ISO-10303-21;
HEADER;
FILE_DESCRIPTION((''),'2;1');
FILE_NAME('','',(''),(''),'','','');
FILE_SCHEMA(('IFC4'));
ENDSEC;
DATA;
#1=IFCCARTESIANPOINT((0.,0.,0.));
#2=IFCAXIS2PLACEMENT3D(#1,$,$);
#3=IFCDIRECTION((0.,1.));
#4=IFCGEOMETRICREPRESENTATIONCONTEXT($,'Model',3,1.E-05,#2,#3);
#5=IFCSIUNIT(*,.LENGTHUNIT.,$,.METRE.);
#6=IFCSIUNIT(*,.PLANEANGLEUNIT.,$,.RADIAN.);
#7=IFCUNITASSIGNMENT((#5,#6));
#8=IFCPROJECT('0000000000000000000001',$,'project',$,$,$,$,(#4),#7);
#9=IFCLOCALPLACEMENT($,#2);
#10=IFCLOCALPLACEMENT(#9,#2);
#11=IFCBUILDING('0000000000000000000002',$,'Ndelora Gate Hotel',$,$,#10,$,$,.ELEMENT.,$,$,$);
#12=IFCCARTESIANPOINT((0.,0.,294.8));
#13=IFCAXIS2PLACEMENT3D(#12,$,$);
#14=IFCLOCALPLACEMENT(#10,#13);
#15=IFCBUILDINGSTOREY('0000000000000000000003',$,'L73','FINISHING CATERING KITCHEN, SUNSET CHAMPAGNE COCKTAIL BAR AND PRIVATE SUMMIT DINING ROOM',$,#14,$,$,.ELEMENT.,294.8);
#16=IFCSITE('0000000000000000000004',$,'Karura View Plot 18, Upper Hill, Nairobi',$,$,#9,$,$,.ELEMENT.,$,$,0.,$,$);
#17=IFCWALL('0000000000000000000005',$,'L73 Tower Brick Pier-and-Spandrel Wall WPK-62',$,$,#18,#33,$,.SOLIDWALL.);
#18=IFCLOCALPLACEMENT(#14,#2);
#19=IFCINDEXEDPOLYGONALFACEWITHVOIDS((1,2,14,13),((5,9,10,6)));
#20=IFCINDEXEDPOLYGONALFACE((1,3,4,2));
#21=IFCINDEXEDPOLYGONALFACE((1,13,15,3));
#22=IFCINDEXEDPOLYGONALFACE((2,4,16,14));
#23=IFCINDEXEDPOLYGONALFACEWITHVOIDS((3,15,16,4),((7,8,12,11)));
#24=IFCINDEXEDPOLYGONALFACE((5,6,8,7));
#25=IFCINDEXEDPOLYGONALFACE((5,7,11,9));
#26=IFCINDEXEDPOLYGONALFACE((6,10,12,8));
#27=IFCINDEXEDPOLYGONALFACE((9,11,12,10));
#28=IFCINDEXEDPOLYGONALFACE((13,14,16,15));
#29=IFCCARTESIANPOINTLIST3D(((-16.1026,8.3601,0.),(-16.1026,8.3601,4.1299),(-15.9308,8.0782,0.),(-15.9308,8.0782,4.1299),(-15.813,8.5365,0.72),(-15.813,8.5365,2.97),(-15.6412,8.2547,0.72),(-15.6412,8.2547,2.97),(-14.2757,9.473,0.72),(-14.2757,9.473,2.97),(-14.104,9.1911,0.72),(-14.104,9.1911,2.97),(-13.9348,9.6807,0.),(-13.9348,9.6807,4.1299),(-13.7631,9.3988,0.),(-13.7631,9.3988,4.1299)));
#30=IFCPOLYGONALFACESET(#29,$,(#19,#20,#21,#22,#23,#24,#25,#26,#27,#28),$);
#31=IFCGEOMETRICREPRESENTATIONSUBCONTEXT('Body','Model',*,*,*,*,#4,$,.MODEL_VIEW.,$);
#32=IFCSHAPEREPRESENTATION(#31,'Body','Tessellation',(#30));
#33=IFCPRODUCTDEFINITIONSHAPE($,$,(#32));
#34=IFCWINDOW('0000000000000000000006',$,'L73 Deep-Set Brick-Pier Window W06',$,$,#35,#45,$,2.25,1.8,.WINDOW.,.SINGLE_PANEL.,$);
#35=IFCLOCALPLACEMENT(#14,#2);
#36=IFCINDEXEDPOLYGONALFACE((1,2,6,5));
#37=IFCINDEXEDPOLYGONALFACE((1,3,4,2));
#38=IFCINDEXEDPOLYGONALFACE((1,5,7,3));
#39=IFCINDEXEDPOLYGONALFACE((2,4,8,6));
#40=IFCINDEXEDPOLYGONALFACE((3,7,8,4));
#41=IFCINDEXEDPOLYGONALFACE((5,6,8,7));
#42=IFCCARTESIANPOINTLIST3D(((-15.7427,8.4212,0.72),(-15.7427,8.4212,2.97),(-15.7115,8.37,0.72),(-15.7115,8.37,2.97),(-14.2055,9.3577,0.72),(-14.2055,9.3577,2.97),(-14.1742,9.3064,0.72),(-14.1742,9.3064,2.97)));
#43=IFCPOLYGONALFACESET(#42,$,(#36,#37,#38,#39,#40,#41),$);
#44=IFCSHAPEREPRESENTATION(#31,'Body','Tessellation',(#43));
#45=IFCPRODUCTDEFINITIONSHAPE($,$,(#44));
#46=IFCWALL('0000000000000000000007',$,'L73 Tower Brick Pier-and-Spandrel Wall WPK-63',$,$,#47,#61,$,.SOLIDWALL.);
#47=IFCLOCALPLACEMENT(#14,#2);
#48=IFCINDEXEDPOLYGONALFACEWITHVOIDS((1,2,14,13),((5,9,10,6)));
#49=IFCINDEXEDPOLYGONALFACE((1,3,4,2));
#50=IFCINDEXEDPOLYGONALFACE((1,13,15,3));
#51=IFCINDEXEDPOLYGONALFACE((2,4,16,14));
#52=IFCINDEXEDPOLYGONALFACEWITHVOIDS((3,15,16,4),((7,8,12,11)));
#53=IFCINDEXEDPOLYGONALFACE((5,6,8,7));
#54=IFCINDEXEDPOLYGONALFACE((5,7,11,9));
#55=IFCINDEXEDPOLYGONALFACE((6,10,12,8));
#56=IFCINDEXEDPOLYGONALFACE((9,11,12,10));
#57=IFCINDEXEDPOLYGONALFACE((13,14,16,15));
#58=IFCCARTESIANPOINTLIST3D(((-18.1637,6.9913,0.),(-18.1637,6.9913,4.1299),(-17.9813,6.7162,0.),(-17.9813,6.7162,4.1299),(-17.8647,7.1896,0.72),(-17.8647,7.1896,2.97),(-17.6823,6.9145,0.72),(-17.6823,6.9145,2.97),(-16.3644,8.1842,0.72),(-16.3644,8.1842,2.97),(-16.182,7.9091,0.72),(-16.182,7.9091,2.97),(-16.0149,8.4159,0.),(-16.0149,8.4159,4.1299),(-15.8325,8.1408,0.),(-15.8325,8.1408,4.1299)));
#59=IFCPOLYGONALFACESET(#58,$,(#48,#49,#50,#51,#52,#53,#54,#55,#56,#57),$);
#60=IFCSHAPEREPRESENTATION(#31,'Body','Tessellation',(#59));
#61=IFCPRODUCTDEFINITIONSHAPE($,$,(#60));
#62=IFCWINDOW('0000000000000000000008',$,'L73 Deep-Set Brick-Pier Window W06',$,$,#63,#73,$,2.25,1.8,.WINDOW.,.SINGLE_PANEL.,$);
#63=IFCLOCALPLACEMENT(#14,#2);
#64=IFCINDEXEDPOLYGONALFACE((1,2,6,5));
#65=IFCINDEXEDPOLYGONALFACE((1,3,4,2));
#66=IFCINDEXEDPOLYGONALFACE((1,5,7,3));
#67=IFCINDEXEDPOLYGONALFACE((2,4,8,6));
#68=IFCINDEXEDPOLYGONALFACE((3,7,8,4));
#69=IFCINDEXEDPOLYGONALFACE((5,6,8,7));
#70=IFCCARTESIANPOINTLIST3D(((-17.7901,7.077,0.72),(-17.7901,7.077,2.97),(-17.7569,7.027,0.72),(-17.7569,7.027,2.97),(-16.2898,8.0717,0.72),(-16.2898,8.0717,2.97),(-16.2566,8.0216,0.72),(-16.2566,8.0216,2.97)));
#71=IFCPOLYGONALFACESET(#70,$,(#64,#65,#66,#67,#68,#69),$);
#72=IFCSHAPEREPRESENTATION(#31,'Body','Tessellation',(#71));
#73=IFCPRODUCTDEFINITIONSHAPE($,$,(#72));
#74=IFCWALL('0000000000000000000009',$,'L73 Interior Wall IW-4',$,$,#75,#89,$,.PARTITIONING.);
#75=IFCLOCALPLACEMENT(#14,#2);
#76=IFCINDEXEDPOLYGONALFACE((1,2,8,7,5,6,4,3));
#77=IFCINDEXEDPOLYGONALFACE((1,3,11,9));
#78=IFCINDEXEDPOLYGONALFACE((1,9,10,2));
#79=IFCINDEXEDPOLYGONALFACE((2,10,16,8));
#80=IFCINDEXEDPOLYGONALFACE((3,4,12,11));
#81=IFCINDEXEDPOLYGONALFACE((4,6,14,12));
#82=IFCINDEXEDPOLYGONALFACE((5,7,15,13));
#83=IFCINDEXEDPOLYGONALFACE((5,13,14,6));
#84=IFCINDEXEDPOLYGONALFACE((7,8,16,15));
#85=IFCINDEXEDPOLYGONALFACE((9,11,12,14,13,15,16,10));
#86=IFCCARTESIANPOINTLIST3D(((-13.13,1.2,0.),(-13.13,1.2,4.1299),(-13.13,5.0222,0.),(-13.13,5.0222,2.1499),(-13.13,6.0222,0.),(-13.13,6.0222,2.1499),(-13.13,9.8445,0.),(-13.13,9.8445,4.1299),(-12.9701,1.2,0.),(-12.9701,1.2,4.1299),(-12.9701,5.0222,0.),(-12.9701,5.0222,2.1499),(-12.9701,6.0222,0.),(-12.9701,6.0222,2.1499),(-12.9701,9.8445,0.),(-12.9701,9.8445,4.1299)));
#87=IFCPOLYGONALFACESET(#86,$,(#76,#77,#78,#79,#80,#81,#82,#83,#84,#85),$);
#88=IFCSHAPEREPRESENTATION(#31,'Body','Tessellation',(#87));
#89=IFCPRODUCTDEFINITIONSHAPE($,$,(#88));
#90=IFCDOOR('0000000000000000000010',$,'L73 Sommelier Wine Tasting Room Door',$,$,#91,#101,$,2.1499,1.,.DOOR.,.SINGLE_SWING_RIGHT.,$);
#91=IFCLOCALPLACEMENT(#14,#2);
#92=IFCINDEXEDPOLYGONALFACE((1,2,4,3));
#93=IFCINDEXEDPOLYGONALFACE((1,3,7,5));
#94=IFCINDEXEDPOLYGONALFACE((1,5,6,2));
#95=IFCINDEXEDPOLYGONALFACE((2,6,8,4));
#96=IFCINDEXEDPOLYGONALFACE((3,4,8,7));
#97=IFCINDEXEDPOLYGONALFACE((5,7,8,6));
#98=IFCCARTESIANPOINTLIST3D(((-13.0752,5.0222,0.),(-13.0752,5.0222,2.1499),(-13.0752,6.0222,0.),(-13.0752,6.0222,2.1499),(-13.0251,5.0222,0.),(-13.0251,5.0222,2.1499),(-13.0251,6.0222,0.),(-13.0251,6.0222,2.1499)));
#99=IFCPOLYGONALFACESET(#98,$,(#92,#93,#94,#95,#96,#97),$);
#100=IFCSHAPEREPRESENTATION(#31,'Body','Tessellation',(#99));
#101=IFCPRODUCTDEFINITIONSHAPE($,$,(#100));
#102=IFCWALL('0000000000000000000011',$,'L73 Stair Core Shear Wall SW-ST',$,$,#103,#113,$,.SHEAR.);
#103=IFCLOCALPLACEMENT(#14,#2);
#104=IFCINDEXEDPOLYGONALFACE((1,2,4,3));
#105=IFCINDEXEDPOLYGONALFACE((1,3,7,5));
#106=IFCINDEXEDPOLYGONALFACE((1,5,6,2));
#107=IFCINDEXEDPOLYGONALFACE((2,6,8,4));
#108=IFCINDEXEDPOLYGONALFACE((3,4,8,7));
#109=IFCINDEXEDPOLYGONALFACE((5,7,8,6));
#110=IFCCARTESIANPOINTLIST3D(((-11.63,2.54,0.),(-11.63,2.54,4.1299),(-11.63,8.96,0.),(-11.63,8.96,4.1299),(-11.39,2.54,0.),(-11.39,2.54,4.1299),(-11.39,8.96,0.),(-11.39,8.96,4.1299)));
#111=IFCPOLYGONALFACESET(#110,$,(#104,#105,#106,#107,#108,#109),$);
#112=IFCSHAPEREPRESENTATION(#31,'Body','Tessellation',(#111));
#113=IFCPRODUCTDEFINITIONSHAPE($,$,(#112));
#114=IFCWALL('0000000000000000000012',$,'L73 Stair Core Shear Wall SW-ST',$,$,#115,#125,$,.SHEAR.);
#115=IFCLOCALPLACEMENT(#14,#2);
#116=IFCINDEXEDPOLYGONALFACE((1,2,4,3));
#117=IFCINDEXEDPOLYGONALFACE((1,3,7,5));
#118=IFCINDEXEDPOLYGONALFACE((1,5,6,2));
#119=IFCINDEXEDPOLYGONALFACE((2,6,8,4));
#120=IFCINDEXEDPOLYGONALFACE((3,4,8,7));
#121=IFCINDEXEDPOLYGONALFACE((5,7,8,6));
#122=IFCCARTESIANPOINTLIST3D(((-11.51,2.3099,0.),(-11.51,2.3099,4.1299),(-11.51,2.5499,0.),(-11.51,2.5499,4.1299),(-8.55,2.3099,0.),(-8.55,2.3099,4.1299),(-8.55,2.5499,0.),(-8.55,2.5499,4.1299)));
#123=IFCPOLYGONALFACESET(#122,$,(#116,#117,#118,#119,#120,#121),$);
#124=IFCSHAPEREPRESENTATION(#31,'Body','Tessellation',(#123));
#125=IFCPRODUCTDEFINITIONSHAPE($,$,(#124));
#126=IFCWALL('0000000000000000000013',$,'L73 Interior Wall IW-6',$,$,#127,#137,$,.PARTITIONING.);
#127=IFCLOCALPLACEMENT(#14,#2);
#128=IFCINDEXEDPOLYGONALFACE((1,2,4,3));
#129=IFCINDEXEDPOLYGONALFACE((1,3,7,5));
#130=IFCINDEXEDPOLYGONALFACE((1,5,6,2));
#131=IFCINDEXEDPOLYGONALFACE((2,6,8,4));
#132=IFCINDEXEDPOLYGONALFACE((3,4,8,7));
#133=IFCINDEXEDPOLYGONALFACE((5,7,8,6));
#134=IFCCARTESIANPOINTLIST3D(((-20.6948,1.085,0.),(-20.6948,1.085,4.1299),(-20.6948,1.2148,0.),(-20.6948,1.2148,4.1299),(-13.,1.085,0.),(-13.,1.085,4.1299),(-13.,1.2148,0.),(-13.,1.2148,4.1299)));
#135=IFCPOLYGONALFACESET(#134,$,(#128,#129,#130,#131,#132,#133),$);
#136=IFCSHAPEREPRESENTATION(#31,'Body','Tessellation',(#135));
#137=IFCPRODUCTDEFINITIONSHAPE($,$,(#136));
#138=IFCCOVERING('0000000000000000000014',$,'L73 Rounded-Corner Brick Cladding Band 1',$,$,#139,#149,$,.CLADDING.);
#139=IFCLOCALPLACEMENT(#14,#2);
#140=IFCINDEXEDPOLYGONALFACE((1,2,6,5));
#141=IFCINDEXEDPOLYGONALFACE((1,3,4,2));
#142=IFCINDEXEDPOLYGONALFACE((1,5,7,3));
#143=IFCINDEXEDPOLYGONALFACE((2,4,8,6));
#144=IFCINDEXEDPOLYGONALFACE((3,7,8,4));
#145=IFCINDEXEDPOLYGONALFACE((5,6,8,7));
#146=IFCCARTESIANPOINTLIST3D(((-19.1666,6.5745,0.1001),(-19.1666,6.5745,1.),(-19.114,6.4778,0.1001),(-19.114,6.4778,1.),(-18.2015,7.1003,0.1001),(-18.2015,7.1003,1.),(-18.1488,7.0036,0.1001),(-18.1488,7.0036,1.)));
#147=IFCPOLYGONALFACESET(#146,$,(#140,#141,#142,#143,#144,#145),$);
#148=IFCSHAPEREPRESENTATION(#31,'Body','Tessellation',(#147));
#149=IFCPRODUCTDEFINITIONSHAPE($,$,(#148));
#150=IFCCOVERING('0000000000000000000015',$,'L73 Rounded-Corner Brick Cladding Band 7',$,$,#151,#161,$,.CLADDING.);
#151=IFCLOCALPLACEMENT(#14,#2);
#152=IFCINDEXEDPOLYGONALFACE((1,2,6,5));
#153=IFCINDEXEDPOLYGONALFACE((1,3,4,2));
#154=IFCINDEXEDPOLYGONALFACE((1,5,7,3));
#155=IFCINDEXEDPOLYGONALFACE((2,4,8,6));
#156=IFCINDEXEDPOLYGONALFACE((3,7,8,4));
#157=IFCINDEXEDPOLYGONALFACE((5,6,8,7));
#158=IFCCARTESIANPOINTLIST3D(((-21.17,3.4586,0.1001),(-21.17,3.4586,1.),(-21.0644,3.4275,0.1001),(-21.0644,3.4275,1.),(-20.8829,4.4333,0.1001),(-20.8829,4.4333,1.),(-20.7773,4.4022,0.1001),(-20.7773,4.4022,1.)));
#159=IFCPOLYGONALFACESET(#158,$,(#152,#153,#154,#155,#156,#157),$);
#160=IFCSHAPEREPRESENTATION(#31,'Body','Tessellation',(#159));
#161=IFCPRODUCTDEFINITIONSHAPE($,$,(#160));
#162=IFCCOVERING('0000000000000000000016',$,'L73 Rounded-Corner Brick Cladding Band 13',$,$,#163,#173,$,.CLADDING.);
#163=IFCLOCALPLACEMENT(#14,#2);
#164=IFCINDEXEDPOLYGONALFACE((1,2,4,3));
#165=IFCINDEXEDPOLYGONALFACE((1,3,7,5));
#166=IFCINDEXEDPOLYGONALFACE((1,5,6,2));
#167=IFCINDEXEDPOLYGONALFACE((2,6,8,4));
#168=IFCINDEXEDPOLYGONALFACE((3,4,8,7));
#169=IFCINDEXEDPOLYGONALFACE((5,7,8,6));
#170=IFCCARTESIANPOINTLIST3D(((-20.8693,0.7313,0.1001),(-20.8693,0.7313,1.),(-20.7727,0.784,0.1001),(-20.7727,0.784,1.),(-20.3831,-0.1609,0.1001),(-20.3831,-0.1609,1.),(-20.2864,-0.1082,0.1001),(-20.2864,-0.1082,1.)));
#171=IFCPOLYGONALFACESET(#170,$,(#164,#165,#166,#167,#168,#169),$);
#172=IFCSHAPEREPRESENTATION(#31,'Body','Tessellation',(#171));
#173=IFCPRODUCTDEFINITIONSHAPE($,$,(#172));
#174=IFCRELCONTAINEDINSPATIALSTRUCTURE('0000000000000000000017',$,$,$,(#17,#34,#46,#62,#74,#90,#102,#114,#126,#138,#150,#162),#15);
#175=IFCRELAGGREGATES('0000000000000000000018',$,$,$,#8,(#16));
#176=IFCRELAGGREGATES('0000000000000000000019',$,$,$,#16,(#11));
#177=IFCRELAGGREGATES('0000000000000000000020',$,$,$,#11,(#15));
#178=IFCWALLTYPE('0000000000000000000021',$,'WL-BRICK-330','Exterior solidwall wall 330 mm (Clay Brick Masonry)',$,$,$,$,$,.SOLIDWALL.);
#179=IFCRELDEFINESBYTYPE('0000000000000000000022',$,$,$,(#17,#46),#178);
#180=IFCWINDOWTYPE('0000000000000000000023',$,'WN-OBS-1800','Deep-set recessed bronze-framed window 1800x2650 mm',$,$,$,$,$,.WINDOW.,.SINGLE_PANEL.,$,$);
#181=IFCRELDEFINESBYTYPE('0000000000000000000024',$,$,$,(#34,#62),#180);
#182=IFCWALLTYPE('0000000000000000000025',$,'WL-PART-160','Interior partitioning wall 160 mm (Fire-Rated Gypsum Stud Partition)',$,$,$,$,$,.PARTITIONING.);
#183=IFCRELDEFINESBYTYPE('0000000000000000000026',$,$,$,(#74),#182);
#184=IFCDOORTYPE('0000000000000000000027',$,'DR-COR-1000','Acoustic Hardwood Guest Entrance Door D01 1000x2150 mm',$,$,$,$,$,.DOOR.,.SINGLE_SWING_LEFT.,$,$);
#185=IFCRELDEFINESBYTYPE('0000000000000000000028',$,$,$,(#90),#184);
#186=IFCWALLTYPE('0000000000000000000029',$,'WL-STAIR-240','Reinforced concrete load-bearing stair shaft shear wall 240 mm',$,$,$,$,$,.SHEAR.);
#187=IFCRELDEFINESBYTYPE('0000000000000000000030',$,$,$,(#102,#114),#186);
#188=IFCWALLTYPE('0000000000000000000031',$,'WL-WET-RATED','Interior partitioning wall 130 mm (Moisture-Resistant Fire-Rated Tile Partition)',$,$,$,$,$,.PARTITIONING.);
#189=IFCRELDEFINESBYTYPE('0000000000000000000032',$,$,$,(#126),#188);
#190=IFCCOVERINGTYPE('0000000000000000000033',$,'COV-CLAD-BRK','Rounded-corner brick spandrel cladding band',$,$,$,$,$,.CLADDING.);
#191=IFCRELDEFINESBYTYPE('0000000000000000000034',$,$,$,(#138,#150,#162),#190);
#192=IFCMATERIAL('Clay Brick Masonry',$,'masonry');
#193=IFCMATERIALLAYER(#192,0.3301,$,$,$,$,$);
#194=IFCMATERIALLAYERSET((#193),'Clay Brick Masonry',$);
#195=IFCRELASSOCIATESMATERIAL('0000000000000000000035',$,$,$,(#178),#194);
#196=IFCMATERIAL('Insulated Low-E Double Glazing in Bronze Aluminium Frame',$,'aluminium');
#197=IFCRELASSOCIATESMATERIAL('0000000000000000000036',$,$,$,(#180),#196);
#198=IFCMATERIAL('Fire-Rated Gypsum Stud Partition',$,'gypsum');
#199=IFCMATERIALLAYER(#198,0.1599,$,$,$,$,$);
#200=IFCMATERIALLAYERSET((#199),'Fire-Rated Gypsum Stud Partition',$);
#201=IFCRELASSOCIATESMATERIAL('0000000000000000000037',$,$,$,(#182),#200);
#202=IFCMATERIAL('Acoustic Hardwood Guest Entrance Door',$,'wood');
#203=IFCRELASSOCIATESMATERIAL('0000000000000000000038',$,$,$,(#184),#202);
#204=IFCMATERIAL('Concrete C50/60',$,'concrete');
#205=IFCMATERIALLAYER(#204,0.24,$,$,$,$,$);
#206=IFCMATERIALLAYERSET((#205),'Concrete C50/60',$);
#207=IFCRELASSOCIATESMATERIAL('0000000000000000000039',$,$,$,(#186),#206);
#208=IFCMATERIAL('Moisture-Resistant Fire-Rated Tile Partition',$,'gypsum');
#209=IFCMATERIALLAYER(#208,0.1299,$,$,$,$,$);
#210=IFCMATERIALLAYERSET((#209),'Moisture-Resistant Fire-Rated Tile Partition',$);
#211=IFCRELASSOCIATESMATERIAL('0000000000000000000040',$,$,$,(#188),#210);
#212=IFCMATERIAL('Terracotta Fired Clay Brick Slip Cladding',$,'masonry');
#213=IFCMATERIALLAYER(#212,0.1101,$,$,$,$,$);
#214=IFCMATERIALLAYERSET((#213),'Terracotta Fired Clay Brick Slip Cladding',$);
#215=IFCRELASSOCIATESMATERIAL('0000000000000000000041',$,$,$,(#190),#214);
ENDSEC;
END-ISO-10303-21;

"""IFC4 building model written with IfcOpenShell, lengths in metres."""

from ifc_helpers import new_model, si_unit, direction, frame, frame_2d, origin, origin_2d, place, context, subcontext, project, spatial, rectangle, extrude, material, layer, layer_set, type_object, element, fill, save


model = new_model("IFC4")

# Units and contexts
model_context = context("Model", 3, precision=1e-05, world=origin(), true_north=direction((0.0, 1.0)))
body_context = subcontext(model_context, "Body", "Model", "MODEL_VIEW")
ifc_project = project(units=[si_unit("LENGTHUNIT", "METRE"), si_unit("PLANEANGLEUNIT", "RADIAN")], contexts=[model_context])

# Site, building, storey
site_placement = place(None, origin())
site = spatial("IfcSite", under=ifc_project, at=site_placement, Name="Karura View Plot 18, Upper Hill, Nairobi", CompositionType="ELEMENT", RefElevation=0.0)
building_placement = place(site_placement, origin())
building = spatial("IfcBuilding", under=site, at=building_placement, Name="Ndelora Gate Hotel", CompositionType="ELEMENT")
storey_placement = place(building_placement, frame((0.0, 0.0, 294.8)))
storey = spatial("IfcBuildingStorey", under=building, at=storey_placement, Name="L73", Description="FINISHING CATERING KITCHEN, SUNSET CHAMPAGNE COCKTAIL BAR AND PRIVATE SUMMIT DINING ROOM", CompositionType="ELEMENT", Elevation=294.8)

# Shared definitions
ifc_material_1 = material(Name="Concrete C50/60", Category="concrete")

# Shared definitions
ifc_material_2 = material(Name="Clay Brick Masonry", Category="masonry")
ifc_layer_1 = layer(ifc_material_2, 0.3301)
ifc_layer_set_1 = layer_set([ifc_layer_1], Name="Clay Brick Masonry")
wall_type_1 = type_object("IfcWallType", Name="WL-BRICK-330", Description="Exterior solidwall wall 330 mm (Clay Brick Masonry)", PredefinedType="SOLIDWALL", material=ifc_layer_set_1)

# Shared definitions
ifc_material_3 = material(Name="Insulated Low-E Double Glazing in Bronze Aluminium Frame", Category="aluminium")
window_type = type_object("IfcWindowType", Name="WN-OBS-1800", Description="Deep-set recessed bronze-framed window 1800x2650 mm", PartitioningType="SINGLE_PANEL", PredefinedType="WINDOW", material=ifc_material_3)

# Walls, openings, windows
wall_1_placement = place(storey_placement, frame((-16.0166, 8.2192, 0.0), z_axis=(0.0, 0.0, 1.0), x_axis=(0.854011, 0.520255, 0.0)))
wall_1 = element("IfcWall", 1, at=wall_1_placement, inside=storey, type_object=wall_type_1, Name="L73 Tower Brick Pier-and-Spandrel Wall WPK-62", PredefinedType="SOLIDWALL", context=body_context, shape_type="SweptSolid", body=[
    extrude(rectangle(XDim=2.5383, YDim=0.3301, at=frame_2d((1.269, 0.0))), origin(), (0.0, 0.0, 1.0), 4.1299),
])
opening_1_placement = place(wall_1_placement, frame((0.3391, 0.0, 0.72)))
opening_1 = element("IfcOpeningElement", 2, at=opening_1_placement, cuts=wall_1, PredefinedType="OPENING", context=body_context, shape_type="SweptSolid", body=[
    extrude(rectangle(XDim=1.8, YDim=2.25, at=frame_2d((0.8999, 1.125))), frame((0.0, 0.175, 0.0), z_axis=(0.0, -1.0, 0.0), x_axis=(1.0, 0.0, 0.0)), (0.0, 0.0, 1.0), 0.3501),
])
window_1_placement = place(opening_1_placement, origin())
window_1 = element("IfcWindow", 3, at=window_1_placement, inside=storey, type_object=window_type, Name="L73 Deep-Set Brick-Pier Window W06", OverallHeight=2.25, OverallWidth=1.8, PartitioningType="SINGLE_PANEL", PredefinedType="WINDOW", context=body_context, shape_type="SweptSolid", body=[
    extrude(rectangle(XDim=1.8, YDim=2.25, at=frame_2d((0.8999, 1.125))), frame((0.0, 0.03, 0.0), z_axis=(0.0, -1.0, 0.0), x_axis=(1.0, 0.0, 0.0)), (0.0, 0.0, 1.0), 0.0601),
])
fill(opening_1, window_1)
wall_2_placement = place(storey_placement, frame((-18.0725, 6.8538, 0.0), z_axis=(0.0, 0.0, 1.0), x_axis=(0.833461, 0.552579, 0.0)))
wall_2 = element("IfcWall", 4, at=wall_2_placement, inside=storey, type_object=wall_type_1, Name="L73 Tower Brick Pier-and-Spandrel Wall WPK-63", PredefinedType="SOLIDWALL", context=body_context, shape_type="SweptSolid", body=[
    extrude(rectangle(XDim=2.5781, YDim=0.3301, at=frame_2d((1.2891, 0.0))), origin(), (0.0, 0.0, 1.0), 4.1299),
])
opening_2_placement = place(wall_2_placement, frame((0.3589, 0.0, 0.72)))
opening_2 = element("IfcOpeningElement", 5, at=opening_2_placement, cuts=wall_2, PredefinedType="OPENING", context=body_context, shape_type="SweptSolid", body=[
    extrude(rectangle(XDim=1.8, YDim=2.25, at=frame_2d((0.8999, 1.125))), frame((0.0, 0.175, 0.0), z_axis=(0.0, -1.0, 0.0), x_axis=(1.0, 0.0, 0.0)), (0.0, 0.0, 1.0), 0.3501),
])
window_2_placement = place(opening_2_placement, origin())
window_2 = element("IfcWindow", 6, at=window_2_placement, inside=storey, type_object=window_type, Name="L73 Deep-Set Brick-Pier Window W06", OverallHeight=2.25, OverallWidth=1.8, PartitioningType="SINGLE_PANEL", PredefinedType="WINDOW", context=body_context, shape_type="SweptSolid", body=[
    extrude(rectangle(XDim=1.8, YDim=2.25, at=frame_2d((0.8999, 1.125))), frame((0.0, 0.03, 0.0), z_axis=(0.0, -1.0, 0.0), x_axis=(1.0, 0.0, 0.0)), (0.0, 0.0, 1.0), 0.0601),
])
fill(opening_2, window_2)

# Wall, opening, door
ifc_material_4 = material(Name="Fire-Rated Gypsum Stud Partition", Category="gypsum")
ifc_layer_2 = layer(ifc_material_4, 0.1599)
ifc_layer_set_2 = layer_set([ifc_layer_2], Name="Fire-Rated Gypsum Stud Partition")
wall_type_2 = type_object("IfcWallType", Name="WL-PART-160", Description="Interior partitioning wall 160 mm (Fire-Rated Gypsum Stud Partition)", PredefinedType="PARTITIONING", material=ifc_layer_set_2)
wall_3_placement = place(storey_placement, frame((-13.05, 9.8445, 0.0), z_axis=(0.0, 0.0, 1.0), x_axis=(0.0, -1.0, 0.0)))
wall_3 = element("IfcWall", 7, at=wall_3_placement, inside=storey, type_object=wall_type_2, Name="L73 Interior Wall IW-4", PredefinedType="PARTITIONING", context=body_context, shape_type="SweptSolid", body=[
    extrude(rectangle(XDim=8.6445, YDim=0.1599, at=frame_2d((4.3223, 0.0))), origin(), (0.0, 0.0, 1.0), 4.1299),
])
opening_3_placement = place(wall_3_placement, frame((3.8223, 0.0, 0.0)))
opening_3 = element("IfcOpeningElement", 8, at=opening_3_placement, cuts=wall_3, PredefinedType="OPENING", context=body_context, shape_type="SweptSolid", body=[
    extrude(rectangle(XDim=1.0, YDim=2.1499, at=frame_2d((0.5, 1.075))), frame((0.0, 0.0898, 0.0), z_axis=(0.0, -1.0, 0.0), x_axis=(1.0, 0.0, 0.0)), (0.0, 0.0, 1.0), 0.1799),
])
ifc_material_5 = material(Name="Acoustic Hardwood Guest Entrance Door", Category="wood")
door_type = type_object("IfcDoorType", Name="DR-COR-1000", Description="Acoustic Hardwood Guest Entrance Door D01 1000x2150 mm", OperationType="SINGLE_SWING_LEFT", PredefinedType="DOOR", material=ifc_material_5)
door_1_placement = place(opening_3_placement, origin())
door_1 = element("IfcDoor", 9, at=door_1_placement, inside=storey, type_object=door_type, Name="L73 Sommelier Wine Tasting Room Door", OperationType="SINGLE_SWING_RIGHT", OverallHeight=2.1499, OverallWidth=1.0, PredefinedType="DOOR", context=body_context, shape_type="SweptSolid", body=[
    extrude(rectangle(XDim=1.0, YDim=2.1499, at=frame_2d((0.5, 1.075))), frame((0.0, 0.0249, 0.0), z_axis=(0.0, -1.0, 0.0), x_axis=(1.0, 0.0, 0.0)), (0.0, 0.0, 1.0), 0.05),
])
fill(opening_3, door_1)

# Walls
ifc_layer_3 = layer(ifc_material_1, 0.24)
ifc_layer_set_3 = layer_set([ifc_layer_3], Name="Concrete C50/60")
wall_type_3 = type_object("IfcWallType", Name="WL-STAIR-240", Description="Reinforced concrete load-bearing stair shaft shear wall 240 mm", PredefinedType="SHEAR", material=ifc_layer_set_3)
wall_4_placement = place(storey_placement, frame((-11.51, 2.54, 0.0), z_axis=(0.0, 0.0, 1.0), x_axis=(0.0, 1.0, 0.0)))
element("IfcWall", 10, at=wall_4_placement, inside=storey, type_object=wall_type_3, Name="L73 Stair Core Shear Wall SW-ST", PredefinedType="SHEAR", context=body_context, shape_type="SweptSolid", body=[
    extrude(rectangle(XDim=6.4199, YDim=0.24, at=frame_2d((3.21, 0.0))), origin(), (0.0, 0.0, 1.0), 4.1299),
])
wall_5_placement = place(storey_placement, frame((-11.51, 2.4299, 0.0), z_axis=(0.0, 0.0, 1.0), x_axis=(1.0, 0.0, 0.0)))
element("IfcWall", 11, at=wall_5_placement, inside=storey, type_object=wall_type_3, Name="L73 Stair Core Shear Wall SW-ST", PredefinedType="SHEAR", context=body_context, shape_type="SweptSolid", body=[
    extrude(rectangle(XDim=2.96, YDim=0.24, at=frame_2d((1.48, 0.0))), origin(), (0.0, 0.0, 1.0), 4.1299),
])
ifc_material_6 = material(Name="Moisture-Resistant Fire-Rated Tile Partition", Category="gypsum")
ifc_layer_4 = layer(ifc_material_6, 0.1299)
ifc_layer_set_4 = layer_set([ifc_layer_4], Name="Moisture-Resistant Fire-Rated Tile Partition")
wall_type_4 = type_object("IfcWallType", Name="WL-WET-RATED", Description="Interior partitioning wall 130 mm (Moisture-Resistant Fire-Rated Tile Partition)", PredefinedType="PARTITIONING", material=ifc_layer_set_4)
wall_6_placement = place(storey_placement, frame((-20.6948, 1.1499, 0.0), z_axis=(0.0, 0.0, 1.0), x_axis=(1.0, 0.0, 0.0)))
element("IfcWall", 12, at=wall_6_placement, inside=storey, type_object=wall_type_4, Name="L73 Interior Wall IW-6", PredefinedType="PARTITIONING", context=body_context, shape_type="SweptSolid", body=[
    extrude(rectangle(XDim=7.6948, YDim=0.1299, at=frame_2d((3.8474, 0.0))), origin(), (0.0, 0.0, 1.0), 4.1299),
])

# Coverings
ifc_material_7 = material(Name="Terracotta Fired Clay Brick Slip Cladding", Category="masonry")
ifc_layer_5 = layer(ifc_material_7, 0.1101)
ifc_layer_set_5 = layer_set([ifc_layer_5], Name="Terracotta Fired Clay Brick Slip Cladding")
covering_type_1 = type_object("IfcCoveringType", Name="COV-CLAD-BRK", Description="Rounded-corner brick spandrel cladding band", PredefinedType="CLADDING", material=ifc_layer_set_5)
covering_1_placement = place(storey_placement, frame((-18.6577, 6.7891, 0.1001), z_axis=(0.0, 0.0, 1.0), x_axis=(0.87815, 0.478385, 0.0)))
element("IfcCovering", 13, at=covering_1_placement, inside=storey, type_object=covering_type_1, Name="L73 Rounded-Corner Brick Cladding Band 1", PredefinedType="CLADDING", context=body_context, shape_type="SweptSolid", body=[
    extrude(rectangle(XDim=1.0991, YDim=0.1101, at=origin_2d()), origin(), (0.0, 0.0, 1.0), 0.8999),
])
for number, where, z_axis, x_axis, name in (
    (14, (-20.9736, 3.9304, 0.1001), (0.0, 0.0, 1.0), (0.282509, 0.959265, 0.0), "L73 Rounded-Corner Brick Cladding Band 7"),
    (15, (-20.5779, 0.3115, 0.1001), (0.0, 0.0, 1.0), (-0.478539, 0.878067, 0.0), "L73 Rounded-Corner Brick Cladding Band 13"),
):
    element("IfcCovering", number, at=place(storey_placement, frame(where, z_axis=z_axis, x_axis=x_axis)), inside=storey, type_object=covering_type_1, Name=name, PredefinedType="CLADDING", context=body_context, shape_type="SweptSolid", body=[
        extrude(rectangle(XDim=1.0161, YDim=0.1101, at=origin_2d()), origin(), (0.0, 0.0, 1.0), 0.8999),
    ])

save(model, "model.ifc")
